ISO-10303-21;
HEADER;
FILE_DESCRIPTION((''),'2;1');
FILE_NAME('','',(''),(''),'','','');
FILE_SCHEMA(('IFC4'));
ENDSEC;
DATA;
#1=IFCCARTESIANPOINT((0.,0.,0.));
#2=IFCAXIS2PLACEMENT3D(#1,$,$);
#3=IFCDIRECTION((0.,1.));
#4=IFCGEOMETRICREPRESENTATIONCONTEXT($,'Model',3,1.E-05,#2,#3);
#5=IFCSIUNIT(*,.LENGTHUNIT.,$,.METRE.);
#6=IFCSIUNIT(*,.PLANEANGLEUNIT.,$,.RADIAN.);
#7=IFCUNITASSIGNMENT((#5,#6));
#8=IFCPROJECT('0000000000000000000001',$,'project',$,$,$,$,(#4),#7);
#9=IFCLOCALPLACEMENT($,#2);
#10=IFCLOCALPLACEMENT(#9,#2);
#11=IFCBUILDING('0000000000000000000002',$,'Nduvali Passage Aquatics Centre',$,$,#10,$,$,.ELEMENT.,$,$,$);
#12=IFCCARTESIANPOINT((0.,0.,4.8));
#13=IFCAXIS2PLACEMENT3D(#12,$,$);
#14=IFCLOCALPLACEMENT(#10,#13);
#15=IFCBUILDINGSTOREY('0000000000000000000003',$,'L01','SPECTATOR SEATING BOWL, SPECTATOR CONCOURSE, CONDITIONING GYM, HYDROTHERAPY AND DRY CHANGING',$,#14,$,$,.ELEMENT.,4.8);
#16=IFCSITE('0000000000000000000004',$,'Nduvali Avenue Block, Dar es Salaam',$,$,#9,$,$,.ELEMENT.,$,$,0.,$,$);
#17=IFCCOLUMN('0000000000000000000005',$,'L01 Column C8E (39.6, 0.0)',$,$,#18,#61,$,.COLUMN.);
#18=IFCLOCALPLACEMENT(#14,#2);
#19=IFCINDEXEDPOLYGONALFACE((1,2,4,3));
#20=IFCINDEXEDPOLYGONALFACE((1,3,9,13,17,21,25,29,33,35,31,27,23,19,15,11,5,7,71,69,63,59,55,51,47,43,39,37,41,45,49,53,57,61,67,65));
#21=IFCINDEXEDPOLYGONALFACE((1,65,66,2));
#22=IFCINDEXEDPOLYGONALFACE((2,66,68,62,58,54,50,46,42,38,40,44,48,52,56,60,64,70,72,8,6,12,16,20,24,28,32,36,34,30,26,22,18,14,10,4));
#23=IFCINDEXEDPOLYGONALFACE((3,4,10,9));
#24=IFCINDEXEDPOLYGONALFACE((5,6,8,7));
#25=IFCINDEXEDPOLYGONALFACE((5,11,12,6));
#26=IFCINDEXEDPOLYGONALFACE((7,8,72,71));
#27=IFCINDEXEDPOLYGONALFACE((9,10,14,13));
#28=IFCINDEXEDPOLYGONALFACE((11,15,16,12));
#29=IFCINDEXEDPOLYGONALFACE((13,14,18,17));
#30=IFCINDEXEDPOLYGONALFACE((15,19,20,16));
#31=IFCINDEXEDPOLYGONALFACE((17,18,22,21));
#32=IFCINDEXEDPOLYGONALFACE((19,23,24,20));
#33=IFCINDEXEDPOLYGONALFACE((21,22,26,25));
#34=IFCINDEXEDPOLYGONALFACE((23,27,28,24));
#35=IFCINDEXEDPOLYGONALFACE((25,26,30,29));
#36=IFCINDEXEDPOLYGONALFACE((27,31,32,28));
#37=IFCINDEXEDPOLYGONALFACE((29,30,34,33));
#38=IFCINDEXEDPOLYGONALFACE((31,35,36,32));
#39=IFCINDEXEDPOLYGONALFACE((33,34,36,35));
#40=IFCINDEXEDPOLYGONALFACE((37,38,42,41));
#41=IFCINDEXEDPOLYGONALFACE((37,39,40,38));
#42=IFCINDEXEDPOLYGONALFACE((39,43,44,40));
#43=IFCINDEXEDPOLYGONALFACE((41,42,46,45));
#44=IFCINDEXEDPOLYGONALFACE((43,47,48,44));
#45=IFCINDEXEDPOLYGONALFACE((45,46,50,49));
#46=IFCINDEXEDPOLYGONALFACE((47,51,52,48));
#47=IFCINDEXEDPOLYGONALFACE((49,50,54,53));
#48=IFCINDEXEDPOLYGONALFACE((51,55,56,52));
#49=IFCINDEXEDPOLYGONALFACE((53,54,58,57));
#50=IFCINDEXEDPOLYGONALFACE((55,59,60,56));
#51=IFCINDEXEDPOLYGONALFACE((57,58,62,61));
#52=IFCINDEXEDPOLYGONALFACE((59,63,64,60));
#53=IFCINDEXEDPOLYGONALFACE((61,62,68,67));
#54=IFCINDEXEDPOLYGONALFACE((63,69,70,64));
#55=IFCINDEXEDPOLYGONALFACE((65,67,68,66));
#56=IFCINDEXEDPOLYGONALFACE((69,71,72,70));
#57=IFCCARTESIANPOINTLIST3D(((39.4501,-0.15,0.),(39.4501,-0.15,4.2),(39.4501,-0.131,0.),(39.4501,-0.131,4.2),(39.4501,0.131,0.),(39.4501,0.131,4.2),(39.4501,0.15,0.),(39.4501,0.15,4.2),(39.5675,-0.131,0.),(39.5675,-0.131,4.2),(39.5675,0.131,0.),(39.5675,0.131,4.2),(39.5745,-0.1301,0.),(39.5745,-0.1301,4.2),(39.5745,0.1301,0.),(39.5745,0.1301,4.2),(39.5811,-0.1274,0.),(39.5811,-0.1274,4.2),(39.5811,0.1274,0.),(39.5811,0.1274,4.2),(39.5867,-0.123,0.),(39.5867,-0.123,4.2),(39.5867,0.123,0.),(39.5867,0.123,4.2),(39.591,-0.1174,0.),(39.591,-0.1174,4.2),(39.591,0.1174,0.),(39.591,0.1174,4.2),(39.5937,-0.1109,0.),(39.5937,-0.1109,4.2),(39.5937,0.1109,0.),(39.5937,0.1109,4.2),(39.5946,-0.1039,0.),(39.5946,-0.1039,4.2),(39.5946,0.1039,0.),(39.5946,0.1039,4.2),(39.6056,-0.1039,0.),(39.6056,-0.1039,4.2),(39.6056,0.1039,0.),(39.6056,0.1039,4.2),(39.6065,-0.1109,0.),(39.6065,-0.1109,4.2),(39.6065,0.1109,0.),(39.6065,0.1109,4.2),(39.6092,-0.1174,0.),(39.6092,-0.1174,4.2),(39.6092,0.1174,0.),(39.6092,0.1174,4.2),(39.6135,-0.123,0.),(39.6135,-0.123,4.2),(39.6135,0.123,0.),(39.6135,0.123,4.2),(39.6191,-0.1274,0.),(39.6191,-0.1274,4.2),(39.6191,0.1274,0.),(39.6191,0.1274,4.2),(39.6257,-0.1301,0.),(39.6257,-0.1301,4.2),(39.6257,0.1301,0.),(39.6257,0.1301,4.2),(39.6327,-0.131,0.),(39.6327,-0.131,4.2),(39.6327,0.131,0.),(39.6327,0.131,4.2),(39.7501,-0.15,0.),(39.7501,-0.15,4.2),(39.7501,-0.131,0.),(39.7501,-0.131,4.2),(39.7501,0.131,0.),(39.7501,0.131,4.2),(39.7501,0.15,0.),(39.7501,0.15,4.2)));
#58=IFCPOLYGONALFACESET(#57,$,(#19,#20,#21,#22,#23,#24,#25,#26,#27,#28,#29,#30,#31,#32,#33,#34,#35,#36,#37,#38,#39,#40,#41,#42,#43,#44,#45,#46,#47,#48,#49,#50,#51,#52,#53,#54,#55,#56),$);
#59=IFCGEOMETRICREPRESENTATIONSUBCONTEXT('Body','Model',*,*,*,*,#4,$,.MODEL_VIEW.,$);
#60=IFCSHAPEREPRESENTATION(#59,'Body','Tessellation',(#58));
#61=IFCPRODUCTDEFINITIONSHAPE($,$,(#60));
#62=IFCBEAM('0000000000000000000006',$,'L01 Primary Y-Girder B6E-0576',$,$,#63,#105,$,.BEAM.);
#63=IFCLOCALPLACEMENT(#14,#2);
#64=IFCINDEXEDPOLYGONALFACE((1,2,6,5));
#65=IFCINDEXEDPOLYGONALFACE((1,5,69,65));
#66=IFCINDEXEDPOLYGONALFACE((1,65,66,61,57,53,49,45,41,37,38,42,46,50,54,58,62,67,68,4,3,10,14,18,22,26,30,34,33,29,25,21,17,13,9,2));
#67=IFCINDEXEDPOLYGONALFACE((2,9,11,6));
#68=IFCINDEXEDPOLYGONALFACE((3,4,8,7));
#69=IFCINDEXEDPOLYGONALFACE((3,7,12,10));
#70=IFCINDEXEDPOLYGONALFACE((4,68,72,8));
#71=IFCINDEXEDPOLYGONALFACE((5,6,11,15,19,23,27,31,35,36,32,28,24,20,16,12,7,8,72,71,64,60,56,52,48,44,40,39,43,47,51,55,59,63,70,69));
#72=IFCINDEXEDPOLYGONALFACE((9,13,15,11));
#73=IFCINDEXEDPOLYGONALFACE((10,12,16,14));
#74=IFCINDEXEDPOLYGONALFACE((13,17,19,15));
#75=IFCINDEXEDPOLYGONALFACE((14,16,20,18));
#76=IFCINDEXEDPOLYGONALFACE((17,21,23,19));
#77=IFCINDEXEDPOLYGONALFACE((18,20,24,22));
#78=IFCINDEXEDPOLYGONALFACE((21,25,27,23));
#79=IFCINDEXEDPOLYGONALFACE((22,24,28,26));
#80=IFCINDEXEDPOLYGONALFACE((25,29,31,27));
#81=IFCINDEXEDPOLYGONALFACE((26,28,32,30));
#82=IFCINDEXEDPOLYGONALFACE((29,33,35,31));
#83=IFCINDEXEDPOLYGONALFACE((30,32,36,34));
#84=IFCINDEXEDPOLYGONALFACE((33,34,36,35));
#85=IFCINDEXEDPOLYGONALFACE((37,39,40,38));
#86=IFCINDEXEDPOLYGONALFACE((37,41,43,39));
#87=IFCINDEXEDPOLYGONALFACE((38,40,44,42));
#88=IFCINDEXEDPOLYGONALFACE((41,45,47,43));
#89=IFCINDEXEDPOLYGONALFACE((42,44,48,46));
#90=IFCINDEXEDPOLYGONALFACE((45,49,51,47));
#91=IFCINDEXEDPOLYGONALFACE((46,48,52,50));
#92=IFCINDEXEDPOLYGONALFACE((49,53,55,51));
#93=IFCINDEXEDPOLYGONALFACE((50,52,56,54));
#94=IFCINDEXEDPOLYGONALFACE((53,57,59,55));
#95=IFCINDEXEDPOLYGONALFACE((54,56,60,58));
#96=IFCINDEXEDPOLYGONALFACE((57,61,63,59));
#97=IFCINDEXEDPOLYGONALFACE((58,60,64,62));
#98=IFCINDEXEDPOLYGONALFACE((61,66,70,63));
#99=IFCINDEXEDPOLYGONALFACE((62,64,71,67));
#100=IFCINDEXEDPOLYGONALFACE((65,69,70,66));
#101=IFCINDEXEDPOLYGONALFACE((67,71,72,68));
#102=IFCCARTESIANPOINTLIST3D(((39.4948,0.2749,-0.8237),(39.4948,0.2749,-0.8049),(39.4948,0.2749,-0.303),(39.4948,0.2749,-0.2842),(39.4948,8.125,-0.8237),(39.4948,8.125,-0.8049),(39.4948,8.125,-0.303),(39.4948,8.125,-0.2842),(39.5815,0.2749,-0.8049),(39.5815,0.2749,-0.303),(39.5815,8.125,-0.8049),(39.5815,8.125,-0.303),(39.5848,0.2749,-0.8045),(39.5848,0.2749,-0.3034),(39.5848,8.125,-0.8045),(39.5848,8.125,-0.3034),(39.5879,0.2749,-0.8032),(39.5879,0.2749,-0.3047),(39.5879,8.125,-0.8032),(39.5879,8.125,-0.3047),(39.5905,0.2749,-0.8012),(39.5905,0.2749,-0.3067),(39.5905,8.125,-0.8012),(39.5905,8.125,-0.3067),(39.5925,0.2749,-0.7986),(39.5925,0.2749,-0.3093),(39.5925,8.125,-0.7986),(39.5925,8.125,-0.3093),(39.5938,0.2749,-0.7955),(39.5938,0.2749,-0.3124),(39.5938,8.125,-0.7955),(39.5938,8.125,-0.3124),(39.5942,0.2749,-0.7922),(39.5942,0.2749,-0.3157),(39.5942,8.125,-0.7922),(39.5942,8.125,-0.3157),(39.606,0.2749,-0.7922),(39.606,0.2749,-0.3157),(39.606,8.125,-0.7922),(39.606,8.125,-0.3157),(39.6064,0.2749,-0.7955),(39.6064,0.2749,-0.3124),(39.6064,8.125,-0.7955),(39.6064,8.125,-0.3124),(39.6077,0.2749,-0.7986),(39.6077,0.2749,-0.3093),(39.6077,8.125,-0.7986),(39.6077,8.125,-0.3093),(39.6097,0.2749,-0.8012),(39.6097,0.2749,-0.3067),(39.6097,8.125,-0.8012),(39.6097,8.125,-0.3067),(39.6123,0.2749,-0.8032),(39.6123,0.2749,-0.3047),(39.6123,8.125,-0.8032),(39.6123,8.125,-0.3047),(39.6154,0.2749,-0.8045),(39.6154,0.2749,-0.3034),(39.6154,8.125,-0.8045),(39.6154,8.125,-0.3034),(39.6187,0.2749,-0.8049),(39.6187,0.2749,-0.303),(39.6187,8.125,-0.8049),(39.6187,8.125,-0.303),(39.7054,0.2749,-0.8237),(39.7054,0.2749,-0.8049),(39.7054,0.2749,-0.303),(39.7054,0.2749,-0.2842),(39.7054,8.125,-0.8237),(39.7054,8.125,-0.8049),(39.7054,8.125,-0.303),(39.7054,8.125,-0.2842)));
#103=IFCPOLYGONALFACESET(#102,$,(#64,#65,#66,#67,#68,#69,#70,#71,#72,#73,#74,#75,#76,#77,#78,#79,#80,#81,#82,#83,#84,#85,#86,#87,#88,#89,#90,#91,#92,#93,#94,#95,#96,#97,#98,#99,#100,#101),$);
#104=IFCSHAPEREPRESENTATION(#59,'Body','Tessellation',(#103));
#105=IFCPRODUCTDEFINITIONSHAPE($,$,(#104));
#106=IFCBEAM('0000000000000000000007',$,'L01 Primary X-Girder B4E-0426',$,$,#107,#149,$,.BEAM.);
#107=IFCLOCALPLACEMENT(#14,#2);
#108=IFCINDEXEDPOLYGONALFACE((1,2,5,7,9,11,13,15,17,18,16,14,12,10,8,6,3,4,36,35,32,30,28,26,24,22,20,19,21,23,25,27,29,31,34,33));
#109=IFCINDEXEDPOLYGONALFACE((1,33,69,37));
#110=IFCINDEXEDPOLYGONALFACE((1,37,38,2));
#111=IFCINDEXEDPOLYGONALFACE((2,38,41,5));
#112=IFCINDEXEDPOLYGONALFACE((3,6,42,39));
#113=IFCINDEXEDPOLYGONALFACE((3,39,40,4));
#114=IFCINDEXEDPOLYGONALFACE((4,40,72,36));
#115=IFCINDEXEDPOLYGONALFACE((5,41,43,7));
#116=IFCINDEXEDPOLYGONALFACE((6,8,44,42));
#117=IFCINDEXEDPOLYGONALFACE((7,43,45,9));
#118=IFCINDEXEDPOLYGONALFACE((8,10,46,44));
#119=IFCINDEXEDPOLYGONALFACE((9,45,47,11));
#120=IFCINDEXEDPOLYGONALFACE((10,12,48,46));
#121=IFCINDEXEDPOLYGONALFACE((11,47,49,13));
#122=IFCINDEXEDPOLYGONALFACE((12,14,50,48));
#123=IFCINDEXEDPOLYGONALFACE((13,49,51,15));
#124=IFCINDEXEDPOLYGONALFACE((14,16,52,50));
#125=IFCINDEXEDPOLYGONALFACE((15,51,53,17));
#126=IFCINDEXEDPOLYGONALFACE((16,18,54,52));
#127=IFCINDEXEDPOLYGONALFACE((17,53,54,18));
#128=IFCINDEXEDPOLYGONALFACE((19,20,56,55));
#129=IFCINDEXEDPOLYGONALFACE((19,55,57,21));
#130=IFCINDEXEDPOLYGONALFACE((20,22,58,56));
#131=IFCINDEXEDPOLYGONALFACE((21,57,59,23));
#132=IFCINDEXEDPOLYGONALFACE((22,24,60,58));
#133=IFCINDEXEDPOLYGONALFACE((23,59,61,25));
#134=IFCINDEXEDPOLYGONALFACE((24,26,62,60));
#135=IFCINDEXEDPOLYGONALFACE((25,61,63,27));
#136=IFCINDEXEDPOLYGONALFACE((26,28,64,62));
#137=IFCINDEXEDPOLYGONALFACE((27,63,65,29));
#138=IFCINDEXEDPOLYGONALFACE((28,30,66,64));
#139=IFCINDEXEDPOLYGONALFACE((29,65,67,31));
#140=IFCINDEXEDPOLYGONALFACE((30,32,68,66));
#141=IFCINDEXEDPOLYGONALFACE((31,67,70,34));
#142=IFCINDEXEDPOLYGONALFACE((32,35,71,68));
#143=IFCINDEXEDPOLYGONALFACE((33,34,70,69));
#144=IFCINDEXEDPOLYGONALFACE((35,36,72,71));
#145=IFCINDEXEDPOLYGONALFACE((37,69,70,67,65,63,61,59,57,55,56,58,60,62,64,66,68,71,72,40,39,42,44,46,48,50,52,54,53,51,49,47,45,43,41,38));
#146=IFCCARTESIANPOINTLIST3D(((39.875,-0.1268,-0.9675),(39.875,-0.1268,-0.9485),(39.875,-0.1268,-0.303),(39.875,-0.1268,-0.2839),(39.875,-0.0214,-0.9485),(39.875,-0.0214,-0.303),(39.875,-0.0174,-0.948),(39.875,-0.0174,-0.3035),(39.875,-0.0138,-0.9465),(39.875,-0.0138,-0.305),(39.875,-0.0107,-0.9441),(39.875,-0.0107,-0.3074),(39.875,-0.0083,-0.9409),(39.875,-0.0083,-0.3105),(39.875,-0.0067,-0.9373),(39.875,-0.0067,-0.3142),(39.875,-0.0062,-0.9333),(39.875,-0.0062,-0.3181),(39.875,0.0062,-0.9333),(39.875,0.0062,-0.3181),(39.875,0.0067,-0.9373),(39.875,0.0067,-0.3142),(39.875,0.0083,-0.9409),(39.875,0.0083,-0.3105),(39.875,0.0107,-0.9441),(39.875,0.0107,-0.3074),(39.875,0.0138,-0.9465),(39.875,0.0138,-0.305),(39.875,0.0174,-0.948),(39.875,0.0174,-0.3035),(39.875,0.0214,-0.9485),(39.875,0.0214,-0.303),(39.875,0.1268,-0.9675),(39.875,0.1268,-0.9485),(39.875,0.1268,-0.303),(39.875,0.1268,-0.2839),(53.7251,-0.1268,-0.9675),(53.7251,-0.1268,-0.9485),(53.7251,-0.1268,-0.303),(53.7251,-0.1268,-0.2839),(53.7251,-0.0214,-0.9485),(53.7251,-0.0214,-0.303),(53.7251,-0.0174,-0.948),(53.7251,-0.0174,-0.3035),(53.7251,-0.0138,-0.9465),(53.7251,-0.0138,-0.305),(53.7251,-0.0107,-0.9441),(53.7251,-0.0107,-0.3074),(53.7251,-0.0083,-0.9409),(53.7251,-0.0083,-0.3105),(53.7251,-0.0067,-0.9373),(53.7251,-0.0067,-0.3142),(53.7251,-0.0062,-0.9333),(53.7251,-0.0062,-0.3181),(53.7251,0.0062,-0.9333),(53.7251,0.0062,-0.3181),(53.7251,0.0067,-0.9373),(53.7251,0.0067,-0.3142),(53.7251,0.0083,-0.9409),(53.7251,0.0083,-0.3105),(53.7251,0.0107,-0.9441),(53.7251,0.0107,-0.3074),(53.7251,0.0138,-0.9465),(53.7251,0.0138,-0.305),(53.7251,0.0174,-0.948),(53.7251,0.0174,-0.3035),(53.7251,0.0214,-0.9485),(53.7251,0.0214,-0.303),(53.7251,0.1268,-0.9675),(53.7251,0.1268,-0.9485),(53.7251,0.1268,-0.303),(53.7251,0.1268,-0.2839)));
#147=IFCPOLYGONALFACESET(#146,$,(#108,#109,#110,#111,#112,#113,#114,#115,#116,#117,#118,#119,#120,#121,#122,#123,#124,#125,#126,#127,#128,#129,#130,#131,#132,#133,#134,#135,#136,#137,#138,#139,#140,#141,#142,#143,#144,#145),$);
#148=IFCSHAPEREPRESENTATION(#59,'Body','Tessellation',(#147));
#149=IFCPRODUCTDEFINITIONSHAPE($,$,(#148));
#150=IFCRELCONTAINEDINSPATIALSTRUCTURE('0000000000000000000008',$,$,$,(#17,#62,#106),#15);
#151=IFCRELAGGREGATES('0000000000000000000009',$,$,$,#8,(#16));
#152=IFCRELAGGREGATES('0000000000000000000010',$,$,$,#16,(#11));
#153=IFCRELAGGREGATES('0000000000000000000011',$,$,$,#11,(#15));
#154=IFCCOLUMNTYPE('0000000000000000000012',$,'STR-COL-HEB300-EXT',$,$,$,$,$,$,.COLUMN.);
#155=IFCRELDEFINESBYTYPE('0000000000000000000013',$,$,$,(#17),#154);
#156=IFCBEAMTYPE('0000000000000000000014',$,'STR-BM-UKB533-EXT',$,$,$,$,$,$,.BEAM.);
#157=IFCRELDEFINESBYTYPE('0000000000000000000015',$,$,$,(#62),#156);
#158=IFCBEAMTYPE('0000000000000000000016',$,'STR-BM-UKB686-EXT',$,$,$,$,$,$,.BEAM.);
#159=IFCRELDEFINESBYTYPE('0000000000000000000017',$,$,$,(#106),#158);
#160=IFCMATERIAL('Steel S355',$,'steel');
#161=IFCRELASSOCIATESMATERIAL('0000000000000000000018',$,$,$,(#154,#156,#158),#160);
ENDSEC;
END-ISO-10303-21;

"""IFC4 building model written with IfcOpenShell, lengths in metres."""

from ifc_helpers import new_model, si_unit, direction, frame, origin, origin_2d, place, context, subcontext, project, spatial, i_section, extrude, material, material_profile, profile_set, type_object, element, save


model = new_model("IFC4")

# Units and contexts
model_context = context("Model", 3, precision=1e-05, world=origin(), true_north=direction((0.0, 1.0)))
body_context = subcontext(model_context, "Body", "Model", "MODEL_VIEW")
ifc_project = project(units=[si_unit("LENGTHUNIT", "METRE"), si_unit("PLANEANGLEUNIT", "RADIAN")], contexts=[model_context])

# Site, building, storey
site_placement = place(None, origin())
site = spatial("IfcSite", under=ifc_project, at=site_placement, Name="Nduvali Avenue Block, Dar es Salaam", CompositionType="ELEMENT", RefElevation=0.0)
building_placement = place(site_placement, origin())
building = spatial("IfcBuilding", under=site, at=building_placement, Name="Nduvali Passage Aquatics Centre", CompositionType="ELEMENT")
storey_placement = place(building_placement, frame((0.0, 0.0, 4.8)))
storey = spatial("IfcBuildingStorey", under=building, at=storey_placement, Name="L01", Description="SPECTATOR SEATING BOWL, SPECTATOR CONCOURSE, CONDITIONING GYM, HYDROTHERAPY AND DRY CHANGING", CompositionType="ELEMENT", Elevation=4.8)

# Column
ifc_material_1 = material(Name="Steel S355", Category="steel")
ifc_material_profile_1 = material_profile(ifc_material_1, i_section(OverallWidth=0.3, OverallDepth=0.3, WebThickness=0.011, FlangeThickness=0.019, FilletRadius=0.0271, at=origin_2d()), Name="HEB 300")
ifc_profile_set_1 = profile_set([ifc_material_profile_1], Name="Steel S355")
column_type = type_object("IfcColumnType", Name="STR-COL-HEB300-EXT", PredefinedType="COLUMN", material=ifc_profile_set_1)
column_placement = place(storey_placement, frame((39.6001, 0.0, 0.0), z_axis=(0.0, 0.0, 1.0), x_axis=(1.0, 0.0, 0.0)))
element("IfcColumn", 1, at=column_placement, inside=storey, type_object=column_type, Name="L01 Column C8E (39.6, 0.0)", PredefinedType="COLUMN", context=body_context, shape_type="SweptSolid", body=[
    extrude(i_section(OverallWidth=0.3, OverallDepth=0.3, WebThickness=0.011, FlangeThickness=0.019, FilletRadius=0.0271, at=origin_2d()), origin(), (0.0, 0.0, 1.0), 4.2),
])

# Beams
ifc_material_profile_2 = material_profile(ifc_material_1, i_section(OverallWidth=0.2107, OverallDepth=0.5396, WebThickness=0.0117, FlangeThickness=0.0188, FilletRadius=0.0127, at=origin_2d()), Name="UKB 533x210x109")
ifc_profile_set_2 = profile_set([ifc_material_profile_2], Name="Steel S355")
beam_type_1 = type_object("IfcBeamType", Name="STR-BM-UKB533-EXT", PredefinedType="BEAM", material=ifc_profile_set_2)
beam_1_placement = place(storey_placement, frame((39.6001, 0.2749, -0.554), z_axis=(0.0, 1.0, 0.0), x_axis=(-1.0, 0.0, 0.0)))
element("IfcBeam", 2, at=beam_1_placement, inside=storey, type_object=beam_type_1, Name="L01 Primary Y-Girder B6E-0576", PredefinedType="BEAM", context=body_context, shape_type="SweptSolid", body=[
    extrude(i_section(OverallWidth=0.2107, OverallDepth=0.5396, WebThickness=0.0117, FlangeThickness=0.0188, FilletRadius=0.0127, at=origin_2d()), origin(), (0.0, 0.0, 1.0), 7.8501),
])
ifc_material_profile_3 = material_profile(ifc_material_1, i_section(OverallWidth=0.2537, OverallDepth=0.6836, WebThickness=0.0125, FlangeThickness=0.019, FilletRadius=0.0151, at=origin_2d()), Name="UKB 686x254x140")
ifc_profile_set_3 = profile_set([ifc_material_profile_3], Name="Steel S355")
beam_type_2 = type_object("IfcBeamType", Name="STR-BM-UKB686-EXT", PredefinedType="BEAM", material=ifc_profile_set_3)
beam_2_placement = place(storey_placement, frame((39.875, 0.0, -0.6257), z_axis=(1.0, 0.0, 0.0), x_axis=(0.0, 1.0, 0.0)))
element("IfcBeam", 3, at=beam_2_placement, inside=storey, type_object=beam_type_2, Name="L01 Primary X-Girder B4E-0426", PredefinedType="BEAM", context=body_context, shape_type="SweptSolid", body=[
    extrude(i_section(OverallWidth=0.2537, OverallDepth=0.6836, WebThickness=0.0125, FlangeThickness=0.019, FilletRadius=0.0151, at=origin_2d()), origin(), (0.0, 0.0, 1.0), 13.8501),
])

save(model, "model.ifc")
